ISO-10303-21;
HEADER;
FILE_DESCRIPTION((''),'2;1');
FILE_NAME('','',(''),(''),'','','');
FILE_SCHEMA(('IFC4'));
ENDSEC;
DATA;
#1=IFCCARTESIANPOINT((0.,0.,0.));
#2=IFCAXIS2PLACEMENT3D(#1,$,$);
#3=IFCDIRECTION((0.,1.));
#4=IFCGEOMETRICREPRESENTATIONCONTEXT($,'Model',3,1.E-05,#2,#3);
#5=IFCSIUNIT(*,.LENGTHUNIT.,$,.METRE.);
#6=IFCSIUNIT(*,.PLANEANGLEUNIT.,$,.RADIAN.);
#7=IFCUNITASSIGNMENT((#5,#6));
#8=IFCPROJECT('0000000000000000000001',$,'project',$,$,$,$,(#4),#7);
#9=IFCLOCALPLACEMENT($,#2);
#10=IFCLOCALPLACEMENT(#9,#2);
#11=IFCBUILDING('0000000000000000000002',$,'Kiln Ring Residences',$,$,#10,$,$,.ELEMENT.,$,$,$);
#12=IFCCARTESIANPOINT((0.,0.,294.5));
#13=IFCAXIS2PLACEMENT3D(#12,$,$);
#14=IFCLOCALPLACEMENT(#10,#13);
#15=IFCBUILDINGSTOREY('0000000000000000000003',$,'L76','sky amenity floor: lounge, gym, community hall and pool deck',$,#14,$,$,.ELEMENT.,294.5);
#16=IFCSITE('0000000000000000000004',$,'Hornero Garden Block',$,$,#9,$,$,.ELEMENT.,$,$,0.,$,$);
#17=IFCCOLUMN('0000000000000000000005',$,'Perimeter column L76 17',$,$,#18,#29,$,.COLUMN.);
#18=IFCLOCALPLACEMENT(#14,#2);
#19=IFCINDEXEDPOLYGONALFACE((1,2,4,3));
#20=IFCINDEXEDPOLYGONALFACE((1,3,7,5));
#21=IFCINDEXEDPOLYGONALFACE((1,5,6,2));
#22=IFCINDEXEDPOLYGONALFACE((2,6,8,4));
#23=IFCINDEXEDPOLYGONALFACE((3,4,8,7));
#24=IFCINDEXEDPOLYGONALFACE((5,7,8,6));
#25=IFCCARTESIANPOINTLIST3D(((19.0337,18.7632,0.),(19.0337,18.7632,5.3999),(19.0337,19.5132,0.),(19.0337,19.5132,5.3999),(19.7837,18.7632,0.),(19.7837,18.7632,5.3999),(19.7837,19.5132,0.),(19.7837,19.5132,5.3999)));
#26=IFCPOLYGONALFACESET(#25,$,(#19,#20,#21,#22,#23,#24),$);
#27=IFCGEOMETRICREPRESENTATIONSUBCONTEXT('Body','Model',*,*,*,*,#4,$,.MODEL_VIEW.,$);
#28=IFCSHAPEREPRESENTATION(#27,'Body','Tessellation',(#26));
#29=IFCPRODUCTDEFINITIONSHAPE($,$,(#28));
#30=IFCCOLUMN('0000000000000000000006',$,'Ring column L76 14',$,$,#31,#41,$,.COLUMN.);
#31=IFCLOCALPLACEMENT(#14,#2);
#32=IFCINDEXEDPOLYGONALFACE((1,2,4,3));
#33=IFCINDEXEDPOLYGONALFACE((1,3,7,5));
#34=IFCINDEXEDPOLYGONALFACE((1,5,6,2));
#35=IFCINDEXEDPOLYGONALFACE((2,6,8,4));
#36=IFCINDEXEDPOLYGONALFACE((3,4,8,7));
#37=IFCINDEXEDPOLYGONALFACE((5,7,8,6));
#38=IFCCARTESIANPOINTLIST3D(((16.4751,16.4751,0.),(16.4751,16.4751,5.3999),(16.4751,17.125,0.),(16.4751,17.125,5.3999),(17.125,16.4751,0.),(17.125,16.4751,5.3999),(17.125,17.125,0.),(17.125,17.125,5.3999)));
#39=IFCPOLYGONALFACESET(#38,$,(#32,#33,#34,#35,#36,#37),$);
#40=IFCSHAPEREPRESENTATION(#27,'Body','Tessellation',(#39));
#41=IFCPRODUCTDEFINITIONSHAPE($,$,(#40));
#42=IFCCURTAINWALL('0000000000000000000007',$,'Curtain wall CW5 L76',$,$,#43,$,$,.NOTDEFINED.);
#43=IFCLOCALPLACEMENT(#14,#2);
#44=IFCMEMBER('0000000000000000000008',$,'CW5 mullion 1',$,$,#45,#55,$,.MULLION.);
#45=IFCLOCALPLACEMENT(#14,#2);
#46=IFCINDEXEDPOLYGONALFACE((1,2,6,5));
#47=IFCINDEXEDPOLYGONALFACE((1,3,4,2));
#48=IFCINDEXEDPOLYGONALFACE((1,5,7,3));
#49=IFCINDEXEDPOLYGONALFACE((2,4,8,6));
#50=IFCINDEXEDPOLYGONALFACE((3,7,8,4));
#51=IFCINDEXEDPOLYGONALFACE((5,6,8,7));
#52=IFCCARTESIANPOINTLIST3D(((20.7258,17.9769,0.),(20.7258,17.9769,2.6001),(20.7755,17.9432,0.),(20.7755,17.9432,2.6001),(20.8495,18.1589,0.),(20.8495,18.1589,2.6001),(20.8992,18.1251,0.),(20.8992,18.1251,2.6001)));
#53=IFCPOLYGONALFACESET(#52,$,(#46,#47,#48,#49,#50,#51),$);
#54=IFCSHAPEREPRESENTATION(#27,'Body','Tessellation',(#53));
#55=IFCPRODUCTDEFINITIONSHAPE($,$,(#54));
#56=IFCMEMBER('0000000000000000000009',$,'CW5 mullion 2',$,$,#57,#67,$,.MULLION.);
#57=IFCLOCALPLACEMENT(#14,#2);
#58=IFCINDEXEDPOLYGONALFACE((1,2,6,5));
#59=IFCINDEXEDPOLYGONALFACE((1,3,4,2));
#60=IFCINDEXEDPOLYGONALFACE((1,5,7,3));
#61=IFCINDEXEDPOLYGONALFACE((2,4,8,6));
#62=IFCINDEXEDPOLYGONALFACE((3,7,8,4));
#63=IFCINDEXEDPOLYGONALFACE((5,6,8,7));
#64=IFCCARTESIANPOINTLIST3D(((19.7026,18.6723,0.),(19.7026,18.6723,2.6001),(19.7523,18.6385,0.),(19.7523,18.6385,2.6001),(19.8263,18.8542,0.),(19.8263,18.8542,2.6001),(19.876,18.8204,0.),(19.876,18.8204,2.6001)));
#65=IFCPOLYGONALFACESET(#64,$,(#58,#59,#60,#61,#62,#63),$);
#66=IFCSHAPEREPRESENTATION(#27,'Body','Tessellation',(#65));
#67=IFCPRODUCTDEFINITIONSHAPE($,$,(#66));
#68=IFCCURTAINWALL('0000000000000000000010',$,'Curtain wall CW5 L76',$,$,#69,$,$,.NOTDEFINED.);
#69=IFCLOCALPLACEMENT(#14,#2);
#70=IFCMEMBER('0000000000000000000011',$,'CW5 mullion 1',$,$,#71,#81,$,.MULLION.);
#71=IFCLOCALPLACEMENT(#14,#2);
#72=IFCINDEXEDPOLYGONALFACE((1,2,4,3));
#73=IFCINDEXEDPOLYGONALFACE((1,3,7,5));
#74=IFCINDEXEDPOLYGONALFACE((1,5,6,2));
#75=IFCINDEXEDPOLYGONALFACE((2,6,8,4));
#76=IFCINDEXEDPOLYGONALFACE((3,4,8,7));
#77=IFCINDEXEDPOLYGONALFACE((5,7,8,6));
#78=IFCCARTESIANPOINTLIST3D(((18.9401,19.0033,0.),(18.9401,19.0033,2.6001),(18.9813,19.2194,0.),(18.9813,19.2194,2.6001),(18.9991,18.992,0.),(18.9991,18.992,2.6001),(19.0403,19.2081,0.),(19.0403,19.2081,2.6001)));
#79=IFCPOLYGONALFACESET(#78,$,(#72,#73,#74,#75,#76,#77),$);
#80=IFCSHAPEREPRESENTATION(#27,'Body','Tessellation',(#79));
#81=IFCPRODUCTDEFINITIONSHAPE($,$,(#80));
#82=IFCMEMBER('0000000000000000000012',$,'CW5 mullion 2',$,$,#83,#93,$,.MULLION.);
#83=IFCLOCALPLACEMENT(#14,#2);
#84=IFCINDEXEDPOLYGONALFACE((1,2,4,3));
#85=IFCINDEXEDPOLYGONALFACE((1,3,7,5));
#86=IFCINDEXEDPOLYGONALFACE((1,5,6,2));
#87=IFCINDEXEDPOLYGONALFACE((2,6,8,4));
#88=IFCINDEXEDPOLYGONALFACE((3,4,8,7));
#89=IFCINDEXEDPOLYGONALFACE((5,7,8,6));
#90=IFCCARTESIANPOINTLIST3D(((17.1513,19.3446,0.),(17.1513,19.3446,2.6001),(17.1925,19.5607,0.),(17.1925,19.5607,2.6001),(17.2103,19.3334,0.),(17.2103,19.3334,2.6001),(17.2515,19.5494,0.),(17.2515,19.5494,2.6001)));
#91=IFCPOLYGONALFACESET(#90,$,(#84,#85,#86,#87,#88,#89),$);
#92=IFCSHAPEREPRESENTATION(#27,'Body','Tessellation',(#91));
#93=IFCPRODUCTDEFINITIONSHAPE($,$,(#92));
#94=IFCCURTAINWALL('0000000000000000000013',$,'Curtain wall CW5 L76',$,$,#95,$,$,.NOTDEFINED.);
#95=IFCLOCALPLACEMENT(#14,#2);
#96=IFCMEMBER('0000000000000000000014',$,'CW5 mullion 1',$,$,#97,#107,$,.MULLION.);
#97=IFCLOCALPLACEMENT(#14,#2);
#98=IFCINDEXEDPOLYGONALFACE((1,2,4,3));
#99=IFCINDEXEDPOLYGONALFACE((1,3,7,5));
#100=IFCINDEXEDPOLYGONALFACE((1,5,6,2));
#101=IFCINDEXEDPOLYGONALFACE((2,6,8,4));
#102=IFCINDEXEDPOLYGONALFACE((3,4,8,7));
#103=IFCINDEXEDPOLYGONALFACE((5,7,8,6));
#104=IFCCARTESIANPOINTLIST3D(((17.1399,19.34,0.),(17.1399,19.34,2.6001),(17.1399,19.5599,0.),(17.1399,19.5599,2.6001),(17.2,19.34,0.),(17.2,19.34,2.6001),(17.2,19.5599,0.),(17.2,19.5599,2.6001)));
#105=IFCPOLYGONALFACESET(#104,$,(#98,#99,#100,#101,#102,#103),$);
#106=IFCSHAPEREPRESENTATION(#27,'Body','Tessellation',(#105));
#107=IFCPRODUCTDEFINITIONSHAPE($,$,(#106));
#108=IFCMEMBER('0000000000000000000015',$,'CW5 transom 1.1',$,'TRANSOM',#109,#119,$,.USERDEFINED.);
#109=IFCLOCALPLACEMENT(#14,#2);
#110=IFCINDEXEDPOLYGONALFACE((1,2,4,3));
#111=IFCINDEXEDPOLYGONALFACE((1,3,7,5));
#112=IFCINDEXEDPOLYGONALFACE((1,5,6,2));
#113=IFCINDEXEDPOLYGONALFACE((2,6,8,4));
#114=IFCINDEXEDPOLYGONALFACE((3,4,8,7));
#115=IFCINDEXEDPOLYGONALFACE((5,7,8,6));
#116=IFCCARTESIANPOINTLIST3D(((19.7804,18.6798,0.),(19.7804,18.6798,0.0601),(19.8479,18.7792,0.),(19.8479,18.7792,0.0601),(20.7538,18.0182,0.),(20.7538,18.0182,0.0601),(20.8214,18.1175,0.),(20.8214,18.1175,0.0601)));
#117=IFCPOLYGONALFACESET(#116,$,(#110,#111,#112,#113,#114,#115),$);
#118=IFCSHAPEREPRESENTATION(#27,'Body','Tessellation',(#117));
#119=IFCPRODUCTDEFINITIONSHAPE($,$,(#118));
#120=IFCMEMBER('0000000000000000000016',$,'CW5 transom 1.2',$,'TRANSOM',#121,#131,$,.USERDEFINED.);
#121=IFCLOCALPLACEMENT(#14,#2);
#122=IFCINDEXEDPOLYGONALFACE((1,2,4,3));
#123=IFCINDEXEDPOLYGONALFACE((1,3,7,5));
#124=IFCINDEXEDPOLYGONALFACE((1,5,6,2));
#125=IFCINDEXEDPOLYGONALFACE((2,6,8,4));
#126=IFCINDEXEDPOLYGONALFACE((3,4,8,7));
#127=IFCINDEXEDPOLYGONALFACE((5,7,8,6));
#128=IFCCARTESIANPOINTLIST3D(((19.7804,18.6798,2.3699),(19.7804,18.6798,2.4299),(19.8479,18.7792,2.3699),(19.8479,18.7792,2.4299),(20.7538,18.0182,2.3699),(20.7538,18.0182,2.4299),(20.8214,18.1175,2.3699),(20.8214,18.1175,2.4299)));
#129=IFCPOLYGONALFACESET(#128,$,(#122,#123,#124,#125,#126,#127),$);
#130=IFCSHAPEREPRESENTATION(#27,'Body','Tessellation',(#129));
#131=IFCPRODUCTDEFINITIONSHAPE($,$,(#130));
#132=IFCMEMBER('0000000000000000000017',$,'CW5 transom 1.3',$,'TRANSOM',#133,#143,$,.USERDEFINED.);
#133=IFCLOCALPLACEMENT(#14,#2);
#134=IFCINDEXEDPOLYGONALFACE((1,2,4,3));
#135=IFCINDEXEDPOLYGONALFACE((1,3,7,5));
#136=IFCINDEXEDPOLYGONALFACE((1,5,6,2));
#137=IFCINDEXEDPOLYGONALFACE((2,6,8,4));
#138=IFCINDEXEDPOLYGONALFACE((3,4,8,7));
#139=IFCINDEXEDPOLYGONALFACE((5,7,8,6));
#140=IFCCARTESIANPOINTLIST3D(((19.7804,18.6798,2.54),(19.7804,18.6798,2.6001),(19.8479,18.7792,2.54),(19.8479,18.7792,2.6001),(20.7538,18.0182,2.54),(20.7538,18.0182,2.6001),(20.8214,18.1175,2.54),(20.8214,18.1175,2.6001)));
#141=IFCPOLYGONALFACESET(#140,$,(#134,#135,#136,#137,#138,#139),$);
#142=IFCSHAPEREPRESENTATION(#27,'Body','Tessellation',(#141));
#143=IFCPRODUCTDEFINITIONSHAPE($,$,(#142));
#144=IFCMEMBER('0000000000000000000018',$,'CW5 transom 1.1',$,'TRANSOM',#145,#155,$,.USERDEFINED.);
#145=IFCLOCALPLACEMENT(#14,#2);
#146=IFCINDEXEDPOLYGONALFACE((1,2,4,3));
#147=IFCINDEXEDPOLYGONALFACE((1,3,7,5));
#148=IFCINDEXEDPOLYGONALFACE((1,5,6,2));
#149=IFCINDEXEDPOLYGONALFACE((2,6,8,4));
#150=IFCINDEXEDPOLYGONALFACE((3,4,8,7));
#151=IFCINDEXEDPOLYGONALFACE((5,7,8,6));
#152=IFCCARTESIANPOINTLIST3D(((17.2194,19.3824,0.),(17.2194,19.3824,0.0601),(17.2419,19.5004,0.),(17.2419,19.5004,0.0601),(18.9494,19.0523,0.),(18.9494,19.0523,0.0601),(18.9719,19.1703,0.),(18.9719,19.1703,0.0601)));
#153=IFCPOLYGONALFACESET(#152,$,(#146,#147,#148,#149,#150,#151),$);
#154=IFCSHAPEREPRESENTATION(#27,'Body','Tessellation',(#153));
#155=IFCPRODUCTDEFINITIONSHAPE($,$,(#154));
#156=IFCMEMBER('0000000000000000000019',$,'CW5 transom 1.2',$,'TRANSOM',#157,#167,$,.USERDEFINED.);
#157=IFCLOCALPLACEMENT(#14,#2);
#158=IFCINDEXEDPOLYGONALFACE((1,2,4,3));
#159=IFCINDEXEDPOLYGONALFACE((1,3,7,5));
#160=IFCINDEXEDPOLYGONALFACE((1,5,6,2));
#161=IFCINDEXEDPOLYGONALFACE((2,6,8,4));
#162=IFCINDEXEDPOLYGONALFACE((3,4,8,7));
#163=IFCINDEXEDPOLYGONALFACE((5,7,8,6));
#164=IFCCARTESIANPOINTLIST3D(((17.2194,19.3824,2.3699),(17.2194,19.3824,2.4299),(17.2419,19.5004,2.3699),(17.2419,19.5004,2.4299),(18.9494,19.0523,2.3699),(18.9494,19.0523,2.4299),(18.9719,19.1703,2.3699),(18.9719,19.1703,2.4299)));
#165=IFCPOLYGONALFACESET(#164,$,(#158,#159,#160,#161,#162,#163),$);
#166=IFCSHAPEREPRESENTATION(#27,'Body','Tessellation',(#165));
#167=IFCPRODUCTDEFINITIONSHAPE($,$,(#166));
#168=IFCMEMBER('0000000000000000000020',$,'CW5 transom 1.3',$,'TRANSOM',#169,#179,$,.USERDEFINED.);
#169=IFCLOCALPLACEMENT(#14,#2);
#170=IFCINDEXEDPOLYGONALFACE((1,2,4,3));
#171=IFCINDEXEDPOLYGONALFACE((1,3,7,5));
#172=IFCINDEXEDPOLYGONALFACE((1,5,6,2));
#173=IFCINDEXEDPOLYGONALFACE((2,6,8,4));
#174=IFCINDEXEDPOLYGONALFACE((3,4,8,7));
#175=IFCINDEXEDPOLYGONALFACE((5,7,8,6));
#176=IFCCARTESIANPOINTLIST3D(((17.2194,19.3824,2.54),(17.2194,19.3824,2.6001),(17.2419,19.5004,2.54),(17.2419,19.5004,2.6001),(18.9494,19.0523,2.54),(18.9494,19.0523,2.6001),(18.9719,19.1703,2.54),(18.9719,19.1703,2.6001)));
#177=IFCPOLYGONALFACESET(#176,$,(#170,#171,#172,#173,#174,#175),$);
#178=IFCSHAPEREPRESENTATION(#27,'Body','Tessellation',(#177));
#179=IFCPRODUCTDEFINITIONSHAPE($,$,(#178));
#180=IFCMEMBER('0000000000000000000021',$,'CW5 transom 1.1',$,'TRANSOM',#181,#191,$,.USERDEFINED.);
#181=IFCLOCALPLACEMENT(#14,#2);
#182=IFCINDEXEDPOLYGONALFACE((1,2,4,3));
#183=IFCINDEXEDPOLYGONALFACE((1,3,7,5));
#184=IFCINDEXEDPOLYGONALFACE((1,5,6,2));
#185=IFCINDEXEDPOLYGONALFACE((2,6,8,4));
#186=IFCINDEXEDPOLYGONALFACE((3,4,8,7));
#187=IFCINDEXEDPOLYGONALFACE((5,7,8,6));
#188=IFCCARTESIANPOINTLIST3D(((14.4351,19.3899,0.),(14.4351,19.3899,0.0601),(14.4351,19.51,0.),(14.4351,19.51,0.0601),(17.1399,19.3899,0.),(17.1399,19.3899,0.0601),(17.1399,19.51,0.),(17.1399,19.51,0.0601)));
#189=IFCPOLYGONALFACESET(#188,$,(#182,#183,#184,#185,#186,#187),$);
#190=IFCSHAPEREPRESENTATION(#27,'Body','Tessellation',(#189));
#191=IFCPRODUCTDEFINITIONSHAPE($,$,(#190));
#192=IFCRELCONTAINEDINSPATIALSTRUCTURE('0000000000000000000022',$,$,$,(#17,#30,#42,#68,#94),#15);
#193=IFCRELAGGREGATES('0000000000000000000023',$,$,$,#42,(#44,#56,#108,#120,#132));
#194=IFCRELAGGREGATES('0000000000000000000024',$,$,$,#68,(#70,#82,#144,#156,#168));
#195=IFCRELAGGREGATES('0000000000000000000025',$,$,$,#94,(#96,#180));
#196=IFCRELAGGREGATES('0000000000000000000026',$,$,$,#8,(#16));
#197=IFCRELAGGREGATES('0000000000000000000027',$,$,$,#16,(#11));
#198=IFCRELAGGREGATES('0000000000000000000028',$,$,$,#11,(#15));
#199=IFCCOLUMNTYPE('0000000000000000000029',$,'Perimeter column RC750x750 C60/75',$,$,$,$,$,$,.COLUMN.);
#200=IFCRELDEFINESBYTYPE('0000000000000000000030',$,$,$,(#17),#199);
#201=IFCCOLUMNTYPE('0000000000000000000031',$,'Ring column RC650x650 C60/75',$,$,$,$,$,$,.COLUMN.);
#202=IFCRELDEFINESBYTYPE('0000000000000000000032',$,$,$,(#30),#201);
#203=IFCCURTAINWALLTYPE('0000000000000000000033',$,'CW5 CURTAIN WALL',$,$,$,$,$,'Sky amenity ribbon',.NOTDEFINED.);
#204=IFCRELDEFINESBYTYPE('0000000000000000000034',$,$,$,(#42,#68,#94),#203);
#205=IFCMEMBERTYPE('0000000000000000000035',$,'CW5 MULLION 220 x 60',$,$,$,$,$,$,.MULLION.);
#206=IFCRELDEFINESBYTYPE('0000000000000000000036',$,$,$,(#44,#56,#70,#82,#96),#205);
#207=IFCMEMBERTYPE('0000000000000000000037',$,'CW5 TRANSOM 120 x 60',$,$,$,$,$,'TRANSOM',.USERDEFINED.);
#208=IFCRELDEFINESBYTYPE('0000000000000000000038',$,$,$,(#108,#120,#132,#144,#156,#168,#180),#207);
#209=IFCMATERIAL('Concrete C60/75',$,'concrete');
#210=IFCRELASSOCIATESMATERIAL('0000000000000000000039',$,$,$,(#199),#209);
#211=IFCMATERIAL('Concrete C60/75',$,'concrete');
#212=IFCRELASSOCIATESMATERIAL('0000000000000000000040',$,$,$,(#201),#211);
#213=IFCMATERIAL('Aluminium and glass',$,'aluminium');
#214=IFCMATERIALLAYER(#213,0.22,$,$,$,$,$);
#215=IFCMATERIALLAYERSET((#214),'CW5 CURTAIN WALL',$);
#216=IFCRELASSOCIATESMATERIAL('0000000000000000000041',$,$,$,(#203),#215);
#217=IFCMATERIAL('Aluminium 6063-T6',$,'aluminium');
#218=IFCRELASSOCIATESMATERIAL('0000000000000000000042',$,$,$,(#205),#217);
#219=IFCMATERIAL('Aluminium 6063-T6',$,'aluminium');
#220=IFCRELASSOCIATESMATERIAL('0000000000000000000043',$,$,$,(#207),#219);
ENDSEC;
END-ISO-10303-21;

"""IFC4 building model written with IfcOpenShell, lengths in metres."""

from ifc_helpers import new_model, si_unit, direction, frame, origin, origin_2d, place, context, subcontext, project, spatial, rectangle, extrude, material, layer, layer_set, material_profile, profile_set, type_object, element, aggregate, save


model = new_model("IFC4")

# Units and contexts
model_context = context("Model", 3, precision=1e-05, world=origin(), true_north=direction((0.0, 1.0)))
body_context = subcontext(model_context, "Body", "Model", "MODEL_VIEW")
ifc_project = project(units=[si_unit("LENGTHUNIT", "METRE"), si_unit("PLANEANGLEUNIT", "RADIAN")], contexts=[model_context])

# Site, building, storey
site_placement = place(None, origin())
site = spatial("IfcSite", under=ifc_project, at=site_placement, Name="Hornero Garden Block", CompositionType="ELEMENT", RefElevation=0.0)
building_placement = place(site_placement, origin())
building = spatial("IfcBuilding", under=site, at=building_placement, Name="Kiln Ring Residences", CompositionType="ELEMENT")
storey_placement = place(building_placement, frame((0.0, 0.0, 294.5)))
storey = spatial("IfcBuildingStorey", under=building, at=storey_placement, Name="L76", Description="sky amenity floor: lounge, gym, community hall and pool deck", CompositionType="ELEMENT", Elevation=294.5)

# Columns
ifc_material_1 = material(Name="Concrete C60/75", Category="concrete")
ifc_material_profile_1 = material_profile(ifc_material_1, rectangle(XDim=0.75, YDim=0.75, at=origin_2d()), Name="RC750x750")
ifc_profile_set_1 = profile_set([ifc_material_profile_1], Name="Concrete C60/75")
column_type_1 = type_object("IfcColumnType", Name="Perimeter column RC750x750 C60/75", PredefinedType="COLUMN", material=ifc_profile_set_1)
column_1_placement = place(storey_placement, frame((19.4087, 19.1382, 0.0), z_axis=(0.0, 0.0, 1.0), x_axis=(1.0, 0.0, 0.0)))
element("IfcColumn", 1, at=column_1_placement, inside=storey, type_object=column_type_1, Name="Perimeter column L76 17", PredefinedType="COLUMN", context=body_context, shape_type="SweptSolid", body=[
    extrude(rectangle(XDim=0.75, YDim=0.75, at=origin_2d()), origin(), (0.0, 0.0, 1.0), 5.3999),
])
ifc_material_2 = material(Name="Concrete C60/75", Category="concrete")
ifc_material_profile_2 = material_profile(ifc_material_2, rectangle(XDim=0.6499, YDim=0.6499, at=origin_2d()), Name="RC650x650")
ifc_profile_set_2 = profile_set([ifc_material_profile_2], Name="Concrete C60/75")
column_type_2 = type_object("IfcColumnType", Name="Ring column RC650x650 C60/75", PredefinedType="COLUMN", material=ifc_profile_set_2)
column_2_placement = place(storey_placement, frame((16.8, 16.8, 0.0), z_axis=(0.0, 0.0, 1.0), x_axis=(1.0, 0.0, 0.0)))
element("IfcColumn", 2, at=column_2_placement, inside=storey, type_object=column_type_2, Name="Ring column L76 14", PredefinedType="COLUMN", context=body_context, shape_type="SweptSolid", body=[
    extrude(rectangle(XDim=0.6499, YDim=0.6499, at=origin_2d()), origin(), (0.0, 0.0, 1.0), 5.3999),
])

# Curtain walls, members
ifc_material_3 = material(Name="Aluminium and glass", Category="aluminium")
ifc_layer_1 = layer(ifc_material_3, 0.22)
ifc_layer_set_1 = layer_set([ifc_layer_1], Name="CW5 CURTAIN WALL")
curtain_wall_type = type_object("IfcCurtainWallType", Name="CW5 CURTAIN WALL", ElementType="Sky amenity ribbon", PredefinedType="NOTDEFINED", material=ifc_layer_set_1)
placement = place(storey_placement, origin())
curtain_wall_1 = element("IfcCurtainWall", 3, at=placement, inside=storey, type_object=curtain_wall_type, Name="Curtain wall CW5 L76", PredefinedType="NOTDEFINED")
ifc_material_4 = material(Name="Aluminium 6063-T6", Category="aluminium")
ifc_material_profile_3 = material_profile(ifc_material_4, rectangle(XDim=0.22, YDim=0.0601, at=origin_2d()), Name="AL 220x60")
ifc_profile_set_3 = profile_set([ifc_material_profile_3], Name="Aluminium 6063-T6")
member_type_1 = type_object("IfcMemberType", Name="CW5 MULLION 220 x 60", PredefinedType="MULLION", material=ifc_profile_set_3)
member_1_placement = place(storey_placement, frame((20.8125, 18.051, 0.0), z_axis=(0.0, 0.0, 1.0), x_axis=(-0.562097, -0.827072, 0.0)))
member_1 = element("IfcMember", 4, at=member_1_placement, type_object=member_type_1, Name="CW5 mullion 1", PredefinedType="MULLION", context=body_context, shape_type="SweptSolid", body=[
    extrude(rectangle(XDim=0.22, YDim=0.0601, at=origin_2d()), origin(), (0.0, 0.0, 1.0), 2.6001),
])
member_2_placement = place(storey_placement, frame((19.7893, 18.7463, 0.0), z_axis=(0.0, 0.0, 1.0), x_axis=(-0.562097, -0.827072, 0.0)))
member_2 = element("IfcMember", 5, at=member_2_placement, type_object=member_type_1, Name="CW5 mullion 2", PredefinedType="MULLION", context=body_context, shape_type="SweptSolid", body=[
    extrude(rectangle(XDim=0.22, YDim=0.0601, at=origin_2d()), origin(), (0.0, 0.0, 1.0), 2.6001),
])
curtain_wall_2 = element("IfcCurtainWall", 6, at=placement, inside=storey, type_object=curtain_wall_type, Name="Curtain wall CW5 L76", PredefinedType="NOTDEFINED")
member_3_placement = place(storey_placement, frame((18.9902, 19.1057, 0.0), z_axis=(0.0, 0.0, 1.0), x_axis=(-0.187366, -0.98229, 0.0)))
member_3 = element("IfcMember", 7, at=member_3_placement, type_object=member_type_1, Name="CW5 mullion 1", PredefinedType="MULLION", context=body_context, shape_type="SweptSolid", body=[
    extrude(rectangle(XDim=0.22, YDim=0.0601, at=origin_2d()), origin(), (0.0, 0.0, 1.0), 2.6001),
])
member_4_placement = place(storey_placement, frame((17.2014, 19.447, 0.0), z_axis=(0.0, 0.0, 1.0), x_axis=(-0.187366, -0.98229, 0.0)))
member_4 = element("IfcMember", 8, at=member_4_placement, type_object=member_type_1, Name="CW5 mullion 2", PredefinedType="MULLION", context=body_context, shape_type="SweptSolid", body=[
    extrude(rectangle(XDim=0.22, YDim=0.0601, at=origin_2d()), origin(), (0.0, 0.0, 1.0), 2.6001),
])

# Curtain wall, member
curtain_wall_3 = element("IfcCurtainWall", 9, at=placement, inside=storey, type_object=curtain_wall_type, Name="Curtain wall CW5 L76", PredefinedType="NOTDEFINED")
member_5_placement = place(storey_placement, frame((17.1699, 19.45, 0.0), z_axis=(0.0, 0.0, 1.0), x_axis=(0.0, -1.0, 0.0)))
member_5 = element("IfcMember", 10, at=member_5_placement, type_object=member_type_1, Name="CW5 mullion 1", PredefinedType="MULLION", context=body_context, shape_type="SweptSolid", body=[
    extrude(rectangle(XDim=0.22, YDim=0.0601, at=origin_2d()), origin(), (0.0, 0.0, 1.0), 2.6001),
])

# Members
ifc_material_5 = material(Name="Aluminium 6063-T6", Category="aluminium")
ifc_material_profile_4 = material_profile(ifc_material_5, rectangle(XDim=0.1201, YDim=0.0601, at=origin_2d()), Name="AL 120x60")
ifc_profile_set_4 = profile_set([ifc_material_profile_4], Name="Aluminium 6063-T6")
member_type_2 = type_object("IfcMemberType", Name="CW5 TRANSOM 120 x 60", ElementType="TRANSOM", PredefinedType="USERDEFINED", material=ifc_profile_set_4)
member_6_placement = place(storey_placement, frame((20.7876, 18.0679, 0.03), z_axis=(-0.827038, 0.562145, 0.0), x_axis=(-0.562145, -0.827038, 0.0)))
member_6 = element("IfcMember", 11, at=member_6_placement, type_object=member_type_2, Name="CW5 transom 1.1", ObjectType="TRANSOM", PredefinedType="USERDEFINED", context=body_context, shape_type="SweptSolid", body=[
    extrude(rectangle(XDim=0.1201, YDim=0.0601, at=origin_2d()), origin(), (0.0, 0.0, 1.0), 1.177),
])
member_7_placement = place(storey_placement, frame((20.7876, 18.0679, 2.3999), z_axis=(-0.827038, 0.562145, 0.0), x_axis=(-0.562145, -0.827038, 0.0)))
member_7 = element("IfcMember", 12, at=member_7_placement, type_object=member_type_2, Name="CW5 transom 1.2", ObjectType="TRANSOM", PredefinedType="USERDEFINED", context=body_context, shape_type="SweptSolid", body=[
    extrude(rectangle(XDim=0.1201, YDim=0.0601, at=origin_2d()), origin(), (0.0, 0.0, 1.0), 1.177),
])
member_8_placement = place(storey_placement, frame((20.7876, 18.0679, 2.5701), z_axis=(-0.827038, 0.562145, 0.0), x_axis=(-0.562145, -0.827038, 0.0)))
member_8 = element("IfcMember", 13, at=member_8_placement, type_object=member_type_2, Name="CW5 transom 1.3", ObjectType="TRANSOM", PredefinedType="USERDEFINED", context=body_context, shape_type="SweptSolid", body=[
    extrude(rectangle(XDim=0.1201, YDim=0.0601, at=origin_2d()), origin(), (0.0, 0.0, 1.0), 1.177),
])
member_9_placement = place(storey_placement, frame((18.9607, 19.1113, 0.03), z_axis=(-0.98228, 0.187418, 0.0), x_axis=(-0.187418, -0.98228, 0.0)))
member_9 = element("IfcMember", 14, at=member_9_placement, type_object=member_type_2, Name="CW5 transom 1.1", ObjectType="TRANSOM", PredefinedType="USERDEFINED", context=body_context, shape_type="SweptSolid", body=[
    extrude(rectangle(XDim=0.1201, YDim=0.0601, at=origin_2d()), origin(), (0.0, 0.0, 1.0), 1.7612),
])
member_10_placement = place(storey_placement, frame((18.9607, 19.1113, 2.3999), z_axis=(-0.98228, 0.187418, 0.0), x_axis=(-0.187418, -0.98228, 0.0)))
member_10 = element("IfcMember", 15, at=member_10_placement, type_object=member_type_2, Name="CW5 transom 1.2", ObjectType="TRANSOM", PredefinedType="USERDEFINED", context=body_context, shape_type="SweptSolid", body=[
    extrude(rectangle(XDim=0.1201, YDim=0.0601, at=origin_2d()), origin(), (0.0, 0.0, 1.0), 1.7612),
])
member_11_placement = place(storey_placement, frame((18.9607, 19.1113, 2.5701), z_axis=(-0.98228, 0.187418, 0.0), x_axis=(-0.187418, -0.98228, 0.0)))
member_11 = element("IfcMember", 16, at=member_11_placement, type_object=member_type_2, Name="CW5 transom 1.3", ObjectType="TRANSOM", PredefinedType="USERDEFINED", context=body_context, shape_type="SweptSolid", body=[
    extrude(rectangle(XDim=0.1201, YDim=0.0601, at=origin_2d()), origin(), (0.0, 0.0, 1.0), 1.7612),
])
member_12_placement = place(storey_placement, frame((17.1399, 19.45, 0.03), z_axis=(-1.0, 0.0, 0.0), x_axis=(0.0, -1.0, 0.0)))
member_12 = element("IfcMember", 17, at=member_12_placement, type_object=member_type_2, Name="CW5 transom 1.1", ObjectType="TRANSOM", PredefinedType="USERDEFINED", context=body_context, shape_type="SweptSolid", body=[
    extrude(rectangle(XDim=0.1201, YDim=0.0601, at=origin_2d()), origin(), (0.0, 0.0, 1.0), 2.7048),
])

aggregate(curtain_wall_1, [member_1, member_2, member_6, member_7, member_8])
aggregate(curtain_wall_2, [member_3, member_4, member_9, member_10, member_11])
aggregate(curtain_wall_3, [member_5, member_12])

save(model, "model.ifc")
